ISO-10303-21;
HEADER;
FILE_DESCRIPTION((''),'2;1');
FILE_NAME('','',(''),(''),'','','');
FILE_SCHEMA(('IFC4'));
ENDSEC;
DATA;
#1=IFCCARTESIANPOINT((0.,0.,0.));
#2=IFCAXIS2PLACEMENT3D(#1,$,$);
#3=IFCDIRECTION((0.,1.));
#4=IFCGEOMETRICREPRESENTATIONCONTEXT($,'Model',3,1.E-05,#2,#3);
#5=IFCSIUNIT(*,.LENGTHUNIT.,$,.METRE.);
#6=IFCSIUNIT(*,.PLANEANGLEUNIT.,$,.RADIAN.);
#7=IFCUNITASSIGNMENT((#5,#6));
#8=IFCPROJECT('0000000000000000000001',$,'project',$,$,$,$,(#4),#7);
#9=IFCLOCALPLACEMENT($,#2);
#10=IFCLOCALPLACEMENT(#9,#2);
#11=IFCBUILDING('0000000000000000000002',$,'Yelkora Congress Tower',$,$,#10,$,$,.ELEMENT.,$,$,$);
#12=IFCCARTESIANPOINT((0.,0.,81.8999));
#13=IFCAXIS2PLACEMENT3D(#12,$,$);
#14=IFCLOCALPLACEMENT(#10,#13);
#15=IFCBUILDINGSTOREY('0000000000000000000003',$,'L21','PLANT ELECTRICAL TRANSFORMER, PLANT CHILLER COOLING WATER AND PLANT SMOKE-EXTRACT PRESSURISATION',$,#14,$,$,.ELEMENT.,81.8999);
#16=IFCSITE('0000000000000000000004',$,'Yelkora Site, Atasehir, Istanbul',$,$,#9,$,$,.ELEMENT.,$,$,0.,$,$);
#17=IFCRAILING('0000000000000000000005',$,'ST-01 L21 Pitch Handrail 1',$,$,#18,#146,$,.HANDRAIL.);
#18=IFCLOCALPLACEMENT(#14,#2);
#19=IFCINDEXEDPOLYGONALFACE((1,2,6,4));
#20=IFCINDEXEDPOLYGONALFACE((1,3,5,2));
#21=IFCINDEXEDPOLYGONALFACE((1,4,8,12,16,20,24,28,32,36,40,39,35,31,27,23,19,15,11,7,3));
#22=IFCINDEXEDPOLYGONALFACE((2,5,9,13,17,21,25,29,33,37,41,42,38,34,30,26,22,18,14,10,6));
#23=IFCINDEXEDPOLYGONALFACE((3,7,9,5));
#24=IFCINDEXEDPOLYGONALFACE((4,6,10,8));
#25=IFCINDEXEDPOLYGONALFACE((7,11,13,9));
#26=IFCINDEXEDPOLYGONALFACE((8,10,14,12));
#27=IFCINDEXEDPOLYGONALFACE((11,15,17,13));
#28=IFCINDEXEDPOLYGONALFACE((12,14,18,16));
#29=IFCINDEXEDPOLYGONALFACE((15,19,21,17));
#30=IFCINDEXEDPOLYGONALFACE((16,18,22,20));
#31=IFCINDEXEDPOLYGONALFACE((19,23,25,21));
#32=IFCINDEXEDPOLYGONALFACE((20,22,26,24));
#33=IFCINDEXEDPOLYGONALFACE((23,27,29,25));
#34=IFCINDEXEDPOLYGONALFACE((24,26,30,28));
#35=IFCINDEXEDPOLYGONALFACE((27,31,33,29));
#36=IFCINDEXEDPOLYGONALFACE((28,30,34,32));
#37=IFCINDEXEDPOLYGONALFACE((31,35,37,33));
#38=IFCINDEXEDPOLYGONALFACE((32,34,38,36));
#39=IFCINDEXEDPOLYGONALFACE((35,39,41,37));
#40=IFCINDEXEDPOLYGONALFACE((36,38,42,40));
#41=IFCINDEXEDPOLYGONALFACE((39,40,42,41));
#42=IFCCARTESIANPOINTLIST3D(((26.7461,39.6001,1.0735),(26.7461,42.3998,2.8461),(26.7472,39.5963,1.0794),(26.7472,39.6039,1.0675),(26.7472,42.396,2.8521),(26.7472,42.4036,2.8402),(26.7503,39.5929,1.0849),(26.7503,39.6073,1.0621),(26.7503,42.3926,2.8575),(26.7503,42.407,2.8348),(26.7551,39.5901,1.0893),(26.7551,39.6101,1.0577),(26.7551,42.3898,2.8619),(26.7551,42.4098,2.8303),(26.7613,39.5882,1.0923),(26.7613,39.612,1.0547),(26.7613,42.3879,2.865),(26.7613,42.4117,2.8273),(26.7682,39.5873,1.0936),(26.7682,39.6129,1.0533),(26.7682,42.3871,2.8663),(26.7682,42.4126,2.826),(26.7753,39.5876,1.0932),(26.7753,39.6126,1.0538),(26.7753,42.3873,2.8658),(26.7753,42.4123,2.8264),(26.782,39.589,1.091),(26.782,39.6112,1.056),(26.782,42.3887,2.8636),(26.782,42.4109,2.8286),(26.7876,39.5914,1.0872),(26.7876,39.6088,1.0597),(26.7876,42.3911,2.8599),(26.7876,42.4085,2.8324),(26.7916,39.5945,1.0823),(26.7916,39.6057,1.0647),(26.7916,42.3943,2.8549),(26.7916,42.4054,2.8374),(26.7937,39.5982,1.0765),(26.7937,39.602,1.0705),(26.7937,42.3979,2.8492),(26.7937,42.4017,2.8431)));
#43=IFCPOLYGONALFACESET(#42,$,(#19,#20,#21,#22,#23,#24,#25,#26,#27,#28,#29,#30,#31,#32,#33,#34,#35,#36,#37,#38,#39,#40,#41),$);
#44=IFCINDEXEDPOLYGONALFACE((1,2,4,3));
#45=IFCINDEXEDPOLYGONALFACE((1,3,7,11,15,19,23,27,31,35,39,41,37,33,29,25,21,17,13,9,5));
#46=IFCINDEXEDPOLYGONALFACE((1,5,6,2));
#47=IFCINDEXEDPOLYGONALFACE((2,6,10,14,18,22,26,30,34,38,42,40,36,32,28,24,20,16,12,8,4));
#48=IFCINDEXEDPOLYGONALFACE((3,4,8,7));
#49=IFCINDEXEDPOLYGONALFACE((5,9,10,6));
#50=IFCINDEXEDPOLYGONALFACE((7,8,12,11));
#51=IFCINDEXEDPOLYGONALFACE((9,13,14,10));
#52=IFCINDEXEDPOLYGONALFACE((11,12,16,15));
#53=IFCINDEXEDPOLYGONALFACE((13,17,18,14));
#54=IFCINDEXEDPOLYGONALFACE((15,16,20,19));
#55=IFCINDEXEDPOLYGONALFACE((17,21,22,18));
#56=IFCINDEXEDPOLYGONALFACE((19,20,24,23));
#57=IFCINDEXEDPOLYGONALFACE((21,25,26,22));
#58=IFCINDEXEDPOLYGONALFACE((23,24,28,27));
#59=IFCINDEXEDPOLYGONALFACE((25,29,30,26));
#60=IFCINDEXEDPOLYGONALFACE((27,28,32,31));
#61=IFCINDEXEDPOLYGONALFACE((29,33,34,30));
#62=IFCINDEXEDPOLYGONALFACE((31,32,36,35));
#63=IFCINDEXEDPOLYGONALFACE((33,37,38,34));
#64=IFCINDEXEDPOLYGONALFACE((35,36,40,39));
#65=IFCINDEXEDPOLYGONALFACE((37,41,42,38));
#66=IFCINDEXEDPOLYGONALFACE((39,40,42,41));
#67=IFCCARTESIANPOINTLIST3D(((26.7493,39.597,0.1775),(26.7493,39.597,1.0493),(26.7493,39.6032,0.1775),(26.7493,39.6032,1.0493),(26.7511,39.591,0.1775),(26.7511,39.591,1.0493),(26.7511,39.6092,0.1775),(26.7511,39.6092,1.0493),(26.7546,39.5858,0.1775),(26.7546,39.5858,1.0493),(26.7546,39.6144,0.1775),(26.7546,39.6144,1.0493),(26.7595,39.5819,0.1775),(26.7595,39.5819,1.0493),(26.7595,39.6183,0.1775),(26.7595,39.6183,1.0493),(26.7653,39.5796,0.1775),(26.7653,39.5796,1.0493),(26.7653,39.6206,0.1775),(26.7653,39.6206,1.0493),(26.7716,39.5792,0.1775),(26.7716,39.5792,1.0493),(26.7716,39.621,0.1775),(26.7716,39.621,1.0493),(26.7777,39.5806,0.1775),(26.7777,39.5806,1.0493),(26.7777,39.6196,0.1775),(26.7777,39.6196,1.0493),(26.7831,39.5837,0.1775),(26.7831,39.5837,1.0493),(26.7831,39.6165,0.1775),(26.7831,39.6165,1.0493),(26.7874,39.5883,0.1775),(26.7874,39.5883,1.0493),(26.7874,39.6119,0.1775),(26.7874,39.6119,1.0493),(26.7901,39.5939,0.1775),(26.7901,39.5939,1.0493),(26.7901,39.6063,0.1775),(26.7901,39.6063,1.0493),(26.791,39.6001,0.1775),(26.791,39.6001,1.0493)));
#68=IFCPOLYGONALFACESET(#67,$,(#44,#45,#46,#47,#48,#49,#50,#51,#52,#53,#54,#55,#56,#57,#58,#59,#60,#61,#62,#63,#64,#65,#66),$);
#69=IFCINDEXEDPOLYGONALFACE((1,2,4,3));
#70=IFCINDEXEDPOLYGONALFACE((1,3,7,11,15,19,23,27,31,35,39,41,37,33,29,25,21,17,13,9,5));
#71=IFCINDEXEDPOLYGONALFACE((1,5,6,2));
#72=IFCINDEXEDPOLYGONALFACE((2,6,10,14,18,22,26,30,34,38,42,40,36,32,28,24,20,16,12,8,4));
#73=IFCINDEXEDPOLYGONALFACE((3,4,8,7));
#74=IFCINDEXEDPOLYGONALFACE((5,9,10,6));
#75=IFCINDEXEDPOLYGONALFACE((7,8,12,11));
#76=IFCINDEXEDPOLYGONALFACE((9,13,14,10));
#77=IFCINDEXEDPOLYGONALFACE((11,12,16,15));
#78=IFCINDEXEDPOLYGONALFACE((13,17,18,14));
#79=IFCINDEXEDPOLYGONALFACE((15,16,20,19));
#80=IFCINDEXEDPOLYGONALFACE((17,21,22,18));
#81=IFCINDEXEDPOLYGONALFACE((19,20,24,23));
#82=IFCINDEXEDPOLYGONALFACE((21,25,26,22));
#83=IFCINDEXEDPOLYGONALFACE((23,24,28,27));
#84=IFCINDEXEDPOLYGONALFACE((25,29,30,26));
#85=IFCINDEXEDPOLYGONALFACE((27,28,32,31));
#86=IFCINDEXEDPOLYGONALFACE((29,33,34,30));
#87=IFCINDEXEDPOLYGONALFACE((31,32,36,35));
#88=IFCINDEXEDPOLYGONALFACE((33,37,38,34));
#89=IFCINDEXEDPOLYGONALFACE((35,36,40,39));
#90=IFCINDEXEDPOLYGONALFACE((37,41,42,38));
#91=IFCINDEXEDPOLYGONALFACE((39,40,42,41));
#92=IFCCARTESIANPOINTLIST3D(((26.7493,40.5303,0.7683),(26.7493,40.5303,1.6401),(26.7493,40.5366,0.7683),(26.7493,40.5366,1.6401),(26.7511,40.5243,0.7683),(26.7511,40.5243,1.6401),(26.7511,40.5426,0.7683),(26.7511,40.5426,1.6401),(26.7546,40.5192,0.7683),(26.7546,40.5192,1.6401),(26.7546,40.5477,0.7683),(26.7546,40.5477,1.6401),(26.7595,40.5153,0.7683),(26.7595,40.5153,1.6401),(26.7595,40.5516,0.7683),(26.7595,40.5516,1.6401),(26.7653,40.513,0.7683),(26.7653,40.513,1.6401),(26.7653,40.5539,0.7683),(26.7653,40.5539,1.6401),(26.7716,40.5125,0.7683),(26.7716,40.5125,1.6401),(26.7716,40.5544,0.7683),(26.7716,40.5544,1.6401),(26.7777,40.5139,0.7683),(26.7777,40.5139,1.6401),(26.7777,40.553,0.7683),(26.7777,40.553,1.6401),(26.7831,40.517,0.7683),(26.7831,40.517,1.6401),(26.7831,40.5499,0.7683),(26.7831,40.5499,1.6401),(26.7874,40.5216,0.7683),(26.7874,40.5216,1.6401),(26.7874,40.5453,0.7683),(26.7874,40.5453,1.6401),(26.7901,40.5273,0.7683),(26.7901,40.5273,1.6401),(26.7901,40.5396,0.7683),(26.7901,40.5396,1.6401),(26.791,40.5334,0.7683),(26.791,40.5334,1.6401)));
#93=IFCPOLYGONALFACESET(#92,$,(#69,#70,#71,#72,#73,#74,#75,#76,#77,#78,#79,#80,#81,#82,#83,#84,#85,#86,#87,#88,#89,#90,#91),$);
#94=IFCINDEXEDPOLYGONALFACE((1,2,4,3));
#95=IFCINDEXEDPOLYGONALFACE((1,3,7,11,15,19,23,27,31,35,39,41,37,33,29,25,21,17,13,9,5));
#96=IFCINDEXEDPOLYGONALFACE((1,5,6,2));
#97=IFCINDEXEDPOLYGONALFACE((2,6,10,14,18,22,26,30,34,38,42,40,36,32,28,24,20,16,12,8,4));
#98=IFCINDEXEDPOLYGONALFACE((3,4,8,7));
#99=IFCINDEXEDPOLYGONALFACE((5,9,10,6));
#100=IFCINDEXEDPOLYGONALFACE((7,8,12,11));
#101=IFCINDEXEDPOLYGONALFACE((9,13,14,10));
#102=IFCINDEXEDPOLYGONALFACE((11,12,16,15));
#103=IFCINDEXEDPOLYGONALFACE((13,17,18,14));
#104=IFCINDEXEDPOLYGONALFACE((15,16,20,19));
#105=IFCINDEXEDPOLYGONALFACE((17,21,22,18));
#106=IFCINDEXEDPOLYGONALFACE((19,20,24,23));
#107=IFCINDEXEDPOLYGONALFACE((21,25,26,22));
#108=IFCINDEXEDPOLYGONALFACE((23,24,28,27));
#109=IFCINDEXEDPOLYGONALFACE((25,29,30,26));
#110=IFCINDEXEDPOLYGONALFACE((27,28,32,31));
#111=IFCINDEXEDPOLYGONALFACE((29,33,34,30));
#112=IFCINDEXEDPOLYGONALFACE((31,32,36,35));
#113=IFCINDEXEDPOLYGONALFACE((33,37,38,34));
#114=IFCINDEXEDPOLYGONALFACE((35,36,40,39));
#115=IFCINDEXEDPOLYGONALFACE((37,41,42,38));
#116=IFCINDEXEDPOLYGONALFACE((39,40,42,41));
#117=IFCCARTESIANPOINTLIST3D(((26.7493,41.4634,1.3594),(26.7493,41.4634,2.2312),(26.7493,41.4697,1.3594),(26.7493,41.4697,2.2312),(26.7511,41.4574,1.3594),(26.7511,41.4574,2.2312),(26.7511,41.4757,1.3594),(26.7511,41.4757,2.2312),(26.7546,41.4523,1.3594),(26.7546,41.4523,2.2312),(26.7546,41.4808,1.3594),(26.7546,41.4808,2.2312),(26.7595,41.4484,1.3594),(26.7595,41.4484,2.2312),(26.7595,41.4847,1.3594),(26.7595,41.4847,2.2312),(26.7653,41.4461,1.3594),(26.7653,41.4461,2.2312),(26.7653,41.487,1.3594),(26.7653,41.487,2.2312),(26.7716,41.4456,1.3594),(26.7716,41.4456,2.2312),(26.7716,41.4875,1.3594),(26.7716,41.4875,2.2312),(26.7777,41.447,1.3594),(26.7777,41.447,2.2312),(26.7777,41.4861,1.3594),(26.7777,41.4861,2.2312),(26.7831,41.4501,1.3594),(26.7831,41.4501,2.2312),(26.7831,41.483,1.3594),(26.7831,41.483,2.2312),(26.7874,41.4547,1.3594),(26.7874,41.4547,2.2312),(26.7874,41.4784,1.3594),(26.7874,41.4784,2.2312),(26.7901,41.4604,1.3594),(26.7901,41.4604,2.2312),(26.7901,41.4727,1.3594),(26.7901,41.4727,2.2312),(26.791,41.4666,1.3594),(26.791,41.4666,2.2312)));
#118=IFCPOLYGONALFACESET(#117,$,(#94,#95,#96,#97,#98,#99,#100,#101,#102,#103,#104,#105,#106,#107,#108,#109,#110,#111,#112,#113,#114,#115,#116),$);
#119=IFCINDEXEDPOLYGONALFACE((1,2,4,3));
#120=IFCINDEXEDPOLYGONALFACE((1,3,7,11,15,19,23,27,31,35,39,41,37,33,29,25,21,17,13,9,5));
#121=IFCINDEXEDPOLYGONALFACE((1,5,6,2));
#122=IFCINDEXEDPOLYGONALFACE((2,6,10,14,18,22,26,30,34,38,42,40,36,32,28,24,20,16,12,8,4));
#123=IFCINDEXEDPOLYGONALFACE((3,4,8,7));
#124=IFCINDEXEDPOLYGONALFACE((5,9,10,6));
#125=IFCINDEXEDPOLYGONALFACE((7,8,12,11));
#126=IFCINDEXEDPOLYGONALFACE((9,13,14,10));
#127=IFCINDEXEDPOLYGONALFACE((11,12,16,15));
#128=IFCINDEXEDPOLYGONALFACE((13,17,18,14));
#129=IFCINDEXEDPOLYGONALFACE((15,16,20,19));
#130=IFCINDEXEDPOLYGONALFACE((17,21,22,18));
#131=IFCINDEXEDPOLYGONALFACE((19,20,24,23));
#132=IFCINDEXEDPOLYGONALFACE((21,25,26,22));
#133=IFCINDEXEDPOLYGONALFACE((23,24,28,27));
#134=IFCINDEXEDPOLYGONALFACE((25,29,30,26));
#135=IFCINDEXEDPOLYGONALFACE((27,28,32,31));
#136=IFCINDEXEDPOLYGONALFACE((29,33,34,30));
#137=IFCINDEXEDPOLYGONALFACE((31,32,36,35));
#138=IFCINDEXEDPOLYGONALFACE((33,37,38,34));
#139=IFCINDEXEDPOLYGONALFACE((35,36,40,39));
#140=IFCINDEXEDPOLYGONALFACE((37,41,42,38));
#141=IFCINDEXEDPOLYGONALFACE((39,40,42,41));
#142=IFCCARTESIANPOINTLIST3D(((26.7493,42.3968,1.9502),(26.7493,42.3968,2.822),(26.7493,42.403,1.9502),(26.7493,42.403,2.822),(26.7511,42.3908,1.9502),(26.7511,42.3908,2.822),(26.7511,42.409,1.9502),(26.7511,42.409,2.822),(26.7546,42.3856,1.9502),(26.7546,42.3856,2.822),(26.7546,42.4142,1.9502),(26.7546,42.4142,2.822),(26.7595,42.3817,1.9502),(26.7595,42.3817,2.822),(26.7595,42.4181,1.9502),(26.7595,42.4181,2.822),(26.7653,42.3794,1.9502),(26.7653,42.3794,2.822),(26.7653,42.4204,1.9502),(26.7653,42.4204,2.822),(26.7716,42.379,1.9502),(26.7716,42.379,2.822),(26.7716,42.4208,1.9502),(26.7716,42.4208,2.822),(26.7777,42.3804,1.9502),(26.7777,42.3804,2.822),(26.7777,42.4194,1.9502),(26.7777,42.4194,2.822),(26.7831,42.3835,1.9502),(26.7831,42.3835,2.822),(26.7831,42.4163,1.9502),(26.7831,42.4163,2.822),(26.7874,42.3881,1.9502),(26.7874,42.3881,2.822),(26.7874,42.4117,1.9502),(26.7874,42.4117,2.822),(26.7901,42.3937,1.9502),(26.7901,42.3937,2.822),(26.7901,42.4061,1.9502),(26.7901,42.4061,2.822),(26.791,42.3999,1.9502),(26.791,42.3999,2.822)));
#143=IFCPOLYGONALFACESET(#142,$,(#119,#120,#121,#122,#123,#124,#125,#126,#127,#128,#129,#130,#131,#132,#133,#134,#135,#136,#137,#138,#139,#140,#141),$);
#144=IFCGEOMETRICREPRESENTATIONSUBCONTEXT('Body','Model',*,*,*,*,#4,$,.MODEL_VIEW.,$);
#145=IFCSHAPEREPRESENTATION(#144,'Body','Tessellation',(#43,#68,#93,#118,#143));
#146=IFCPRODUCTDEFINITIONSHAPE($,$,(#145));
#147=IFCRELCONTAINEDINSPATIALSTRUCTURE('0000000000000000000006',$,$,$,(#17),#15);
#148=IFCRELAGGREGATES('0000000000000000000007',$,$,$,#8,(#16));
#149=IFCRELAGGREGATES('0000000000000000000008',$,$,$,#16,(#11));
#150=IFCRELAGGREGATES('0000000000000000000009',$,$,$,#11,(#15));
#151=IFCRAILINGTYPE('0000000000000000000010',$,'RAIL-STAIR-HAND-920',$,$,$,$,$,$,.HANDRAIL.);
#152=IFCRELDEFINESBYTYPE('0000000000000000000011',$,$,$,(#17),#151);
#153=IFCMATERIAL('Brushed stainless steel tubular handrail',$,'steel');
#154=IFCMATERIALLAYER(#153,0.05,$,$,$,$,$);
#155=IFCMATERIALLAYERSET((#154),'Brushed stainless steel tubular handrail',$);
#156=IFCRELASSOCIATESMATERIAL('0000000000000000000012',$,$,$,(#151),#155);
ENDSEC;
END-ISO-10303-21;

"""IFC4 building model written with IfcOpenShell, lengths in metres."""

from ifc_helpers import new_model, si_unit, direction, frame, origin, origin_2d, place, context, subcontext, project, spatial, circle, extrude, material, layer, layer_set, type_object, element, save


model = new_model("IFC4")

# Units and contexts
model_context = context("Model", 3, precision=1e-05, world=origin(), true_north=direction((0.0, 1.0)))
body_context = subcontext(model_context, "Body", "Model", "MODEL_VIEW")
ifc_project = project(units=[si_unit("LENGTHUNIT", "METRE"), si_unit("PLANEANGLEUNIT", "RADIAN")], contexts=[model_context])

# Site, building, storey
site_placement = place(None, origin())
site = spatial("IfcSite", under=ifc_project, at=site_placement, Name="Yelkora Site, Atasehir, Istanbul", CompositionType="ELEMENT", RefElevation=0.0)
building_placement = place(site_placement, origin())
building = spatial("IfcBuilding", under=site, at=building_placement, Name="Yelkora Congress Tower", CompositionType="ELEMENT")
storey_placement = place(building_placement, frame((0.0, 0.0, 81.8999)))
storey = spatial("IfcBuildingStorey", under=building, at=storey_placement, Name="L21", Description="PLANT ELECTRICAL TRANSFORMER, PLANT CHILLER COOLING WATER AND PLANT SMOKE-EXTRACT PRESSURISATION", CompositionType="ELEMENT", Elevation=81.8999)

# Railing
ifc_material_1 = material(Name="Brushed stainless steel tubular handrail", Category="steel")
ifc_layer_1 = layer(ifc_material_1, 0.05)
ifc_layer_set_1 = layer_set([ifc_layer_1], Name="Brushed stainless steel tubular handrail")
railing_type_1 = type_object("IfcRailingType", Name="RAIL-STAIR-HAND-920", PredefinedType="HANDRAIL", material=ifc_layer_set_1)
railing_1_placement = place(storey_placement, frame((26.77, 39.6001, 0.1775)))
element("IfcRailing", 1, at=railing_1_placement, inside=storey, type_object=railing_type_1, Name="ST-01 L21 Pitch Handrail 1", PredefinedType="HANDRAIL", context=body_context, shape_type="SweptSolid", body=[
    extrude(circle(Radius=0.0239, at=origin_2d()), frame((0.0, 0.0, 0.896), z_axis=(0.0, 0.844888, 0.534943), x_axis=(-1.0, 0.0, 0.0)), (0.0, 0.0, 1.0), 3.3137),
    extrude(circle(Radius=0.021, at=origin_2d()), origin(), (0.0, 0.0, 1.0), 0.8718),
    extrude(circle(Radius=0.021, at=origin_2d()), frame((0.0, 0.9333, 0.5908)), (0.0, 0.0, 1.0), 0.8718),
    extrude(circle(Radius=0.021, at=origin_2d()), frame((0.0, 1.8665, 1.1819)), (0.0, 0.0, 1.0), 0.8718),
    extrude(circle(Radius=0.021, at=origin_2d()), frame((0.0, 2.7998, 1.7727)), (0.0, 0.0, 1.0), 0.8718),
])

save(model, "model.ifc")
